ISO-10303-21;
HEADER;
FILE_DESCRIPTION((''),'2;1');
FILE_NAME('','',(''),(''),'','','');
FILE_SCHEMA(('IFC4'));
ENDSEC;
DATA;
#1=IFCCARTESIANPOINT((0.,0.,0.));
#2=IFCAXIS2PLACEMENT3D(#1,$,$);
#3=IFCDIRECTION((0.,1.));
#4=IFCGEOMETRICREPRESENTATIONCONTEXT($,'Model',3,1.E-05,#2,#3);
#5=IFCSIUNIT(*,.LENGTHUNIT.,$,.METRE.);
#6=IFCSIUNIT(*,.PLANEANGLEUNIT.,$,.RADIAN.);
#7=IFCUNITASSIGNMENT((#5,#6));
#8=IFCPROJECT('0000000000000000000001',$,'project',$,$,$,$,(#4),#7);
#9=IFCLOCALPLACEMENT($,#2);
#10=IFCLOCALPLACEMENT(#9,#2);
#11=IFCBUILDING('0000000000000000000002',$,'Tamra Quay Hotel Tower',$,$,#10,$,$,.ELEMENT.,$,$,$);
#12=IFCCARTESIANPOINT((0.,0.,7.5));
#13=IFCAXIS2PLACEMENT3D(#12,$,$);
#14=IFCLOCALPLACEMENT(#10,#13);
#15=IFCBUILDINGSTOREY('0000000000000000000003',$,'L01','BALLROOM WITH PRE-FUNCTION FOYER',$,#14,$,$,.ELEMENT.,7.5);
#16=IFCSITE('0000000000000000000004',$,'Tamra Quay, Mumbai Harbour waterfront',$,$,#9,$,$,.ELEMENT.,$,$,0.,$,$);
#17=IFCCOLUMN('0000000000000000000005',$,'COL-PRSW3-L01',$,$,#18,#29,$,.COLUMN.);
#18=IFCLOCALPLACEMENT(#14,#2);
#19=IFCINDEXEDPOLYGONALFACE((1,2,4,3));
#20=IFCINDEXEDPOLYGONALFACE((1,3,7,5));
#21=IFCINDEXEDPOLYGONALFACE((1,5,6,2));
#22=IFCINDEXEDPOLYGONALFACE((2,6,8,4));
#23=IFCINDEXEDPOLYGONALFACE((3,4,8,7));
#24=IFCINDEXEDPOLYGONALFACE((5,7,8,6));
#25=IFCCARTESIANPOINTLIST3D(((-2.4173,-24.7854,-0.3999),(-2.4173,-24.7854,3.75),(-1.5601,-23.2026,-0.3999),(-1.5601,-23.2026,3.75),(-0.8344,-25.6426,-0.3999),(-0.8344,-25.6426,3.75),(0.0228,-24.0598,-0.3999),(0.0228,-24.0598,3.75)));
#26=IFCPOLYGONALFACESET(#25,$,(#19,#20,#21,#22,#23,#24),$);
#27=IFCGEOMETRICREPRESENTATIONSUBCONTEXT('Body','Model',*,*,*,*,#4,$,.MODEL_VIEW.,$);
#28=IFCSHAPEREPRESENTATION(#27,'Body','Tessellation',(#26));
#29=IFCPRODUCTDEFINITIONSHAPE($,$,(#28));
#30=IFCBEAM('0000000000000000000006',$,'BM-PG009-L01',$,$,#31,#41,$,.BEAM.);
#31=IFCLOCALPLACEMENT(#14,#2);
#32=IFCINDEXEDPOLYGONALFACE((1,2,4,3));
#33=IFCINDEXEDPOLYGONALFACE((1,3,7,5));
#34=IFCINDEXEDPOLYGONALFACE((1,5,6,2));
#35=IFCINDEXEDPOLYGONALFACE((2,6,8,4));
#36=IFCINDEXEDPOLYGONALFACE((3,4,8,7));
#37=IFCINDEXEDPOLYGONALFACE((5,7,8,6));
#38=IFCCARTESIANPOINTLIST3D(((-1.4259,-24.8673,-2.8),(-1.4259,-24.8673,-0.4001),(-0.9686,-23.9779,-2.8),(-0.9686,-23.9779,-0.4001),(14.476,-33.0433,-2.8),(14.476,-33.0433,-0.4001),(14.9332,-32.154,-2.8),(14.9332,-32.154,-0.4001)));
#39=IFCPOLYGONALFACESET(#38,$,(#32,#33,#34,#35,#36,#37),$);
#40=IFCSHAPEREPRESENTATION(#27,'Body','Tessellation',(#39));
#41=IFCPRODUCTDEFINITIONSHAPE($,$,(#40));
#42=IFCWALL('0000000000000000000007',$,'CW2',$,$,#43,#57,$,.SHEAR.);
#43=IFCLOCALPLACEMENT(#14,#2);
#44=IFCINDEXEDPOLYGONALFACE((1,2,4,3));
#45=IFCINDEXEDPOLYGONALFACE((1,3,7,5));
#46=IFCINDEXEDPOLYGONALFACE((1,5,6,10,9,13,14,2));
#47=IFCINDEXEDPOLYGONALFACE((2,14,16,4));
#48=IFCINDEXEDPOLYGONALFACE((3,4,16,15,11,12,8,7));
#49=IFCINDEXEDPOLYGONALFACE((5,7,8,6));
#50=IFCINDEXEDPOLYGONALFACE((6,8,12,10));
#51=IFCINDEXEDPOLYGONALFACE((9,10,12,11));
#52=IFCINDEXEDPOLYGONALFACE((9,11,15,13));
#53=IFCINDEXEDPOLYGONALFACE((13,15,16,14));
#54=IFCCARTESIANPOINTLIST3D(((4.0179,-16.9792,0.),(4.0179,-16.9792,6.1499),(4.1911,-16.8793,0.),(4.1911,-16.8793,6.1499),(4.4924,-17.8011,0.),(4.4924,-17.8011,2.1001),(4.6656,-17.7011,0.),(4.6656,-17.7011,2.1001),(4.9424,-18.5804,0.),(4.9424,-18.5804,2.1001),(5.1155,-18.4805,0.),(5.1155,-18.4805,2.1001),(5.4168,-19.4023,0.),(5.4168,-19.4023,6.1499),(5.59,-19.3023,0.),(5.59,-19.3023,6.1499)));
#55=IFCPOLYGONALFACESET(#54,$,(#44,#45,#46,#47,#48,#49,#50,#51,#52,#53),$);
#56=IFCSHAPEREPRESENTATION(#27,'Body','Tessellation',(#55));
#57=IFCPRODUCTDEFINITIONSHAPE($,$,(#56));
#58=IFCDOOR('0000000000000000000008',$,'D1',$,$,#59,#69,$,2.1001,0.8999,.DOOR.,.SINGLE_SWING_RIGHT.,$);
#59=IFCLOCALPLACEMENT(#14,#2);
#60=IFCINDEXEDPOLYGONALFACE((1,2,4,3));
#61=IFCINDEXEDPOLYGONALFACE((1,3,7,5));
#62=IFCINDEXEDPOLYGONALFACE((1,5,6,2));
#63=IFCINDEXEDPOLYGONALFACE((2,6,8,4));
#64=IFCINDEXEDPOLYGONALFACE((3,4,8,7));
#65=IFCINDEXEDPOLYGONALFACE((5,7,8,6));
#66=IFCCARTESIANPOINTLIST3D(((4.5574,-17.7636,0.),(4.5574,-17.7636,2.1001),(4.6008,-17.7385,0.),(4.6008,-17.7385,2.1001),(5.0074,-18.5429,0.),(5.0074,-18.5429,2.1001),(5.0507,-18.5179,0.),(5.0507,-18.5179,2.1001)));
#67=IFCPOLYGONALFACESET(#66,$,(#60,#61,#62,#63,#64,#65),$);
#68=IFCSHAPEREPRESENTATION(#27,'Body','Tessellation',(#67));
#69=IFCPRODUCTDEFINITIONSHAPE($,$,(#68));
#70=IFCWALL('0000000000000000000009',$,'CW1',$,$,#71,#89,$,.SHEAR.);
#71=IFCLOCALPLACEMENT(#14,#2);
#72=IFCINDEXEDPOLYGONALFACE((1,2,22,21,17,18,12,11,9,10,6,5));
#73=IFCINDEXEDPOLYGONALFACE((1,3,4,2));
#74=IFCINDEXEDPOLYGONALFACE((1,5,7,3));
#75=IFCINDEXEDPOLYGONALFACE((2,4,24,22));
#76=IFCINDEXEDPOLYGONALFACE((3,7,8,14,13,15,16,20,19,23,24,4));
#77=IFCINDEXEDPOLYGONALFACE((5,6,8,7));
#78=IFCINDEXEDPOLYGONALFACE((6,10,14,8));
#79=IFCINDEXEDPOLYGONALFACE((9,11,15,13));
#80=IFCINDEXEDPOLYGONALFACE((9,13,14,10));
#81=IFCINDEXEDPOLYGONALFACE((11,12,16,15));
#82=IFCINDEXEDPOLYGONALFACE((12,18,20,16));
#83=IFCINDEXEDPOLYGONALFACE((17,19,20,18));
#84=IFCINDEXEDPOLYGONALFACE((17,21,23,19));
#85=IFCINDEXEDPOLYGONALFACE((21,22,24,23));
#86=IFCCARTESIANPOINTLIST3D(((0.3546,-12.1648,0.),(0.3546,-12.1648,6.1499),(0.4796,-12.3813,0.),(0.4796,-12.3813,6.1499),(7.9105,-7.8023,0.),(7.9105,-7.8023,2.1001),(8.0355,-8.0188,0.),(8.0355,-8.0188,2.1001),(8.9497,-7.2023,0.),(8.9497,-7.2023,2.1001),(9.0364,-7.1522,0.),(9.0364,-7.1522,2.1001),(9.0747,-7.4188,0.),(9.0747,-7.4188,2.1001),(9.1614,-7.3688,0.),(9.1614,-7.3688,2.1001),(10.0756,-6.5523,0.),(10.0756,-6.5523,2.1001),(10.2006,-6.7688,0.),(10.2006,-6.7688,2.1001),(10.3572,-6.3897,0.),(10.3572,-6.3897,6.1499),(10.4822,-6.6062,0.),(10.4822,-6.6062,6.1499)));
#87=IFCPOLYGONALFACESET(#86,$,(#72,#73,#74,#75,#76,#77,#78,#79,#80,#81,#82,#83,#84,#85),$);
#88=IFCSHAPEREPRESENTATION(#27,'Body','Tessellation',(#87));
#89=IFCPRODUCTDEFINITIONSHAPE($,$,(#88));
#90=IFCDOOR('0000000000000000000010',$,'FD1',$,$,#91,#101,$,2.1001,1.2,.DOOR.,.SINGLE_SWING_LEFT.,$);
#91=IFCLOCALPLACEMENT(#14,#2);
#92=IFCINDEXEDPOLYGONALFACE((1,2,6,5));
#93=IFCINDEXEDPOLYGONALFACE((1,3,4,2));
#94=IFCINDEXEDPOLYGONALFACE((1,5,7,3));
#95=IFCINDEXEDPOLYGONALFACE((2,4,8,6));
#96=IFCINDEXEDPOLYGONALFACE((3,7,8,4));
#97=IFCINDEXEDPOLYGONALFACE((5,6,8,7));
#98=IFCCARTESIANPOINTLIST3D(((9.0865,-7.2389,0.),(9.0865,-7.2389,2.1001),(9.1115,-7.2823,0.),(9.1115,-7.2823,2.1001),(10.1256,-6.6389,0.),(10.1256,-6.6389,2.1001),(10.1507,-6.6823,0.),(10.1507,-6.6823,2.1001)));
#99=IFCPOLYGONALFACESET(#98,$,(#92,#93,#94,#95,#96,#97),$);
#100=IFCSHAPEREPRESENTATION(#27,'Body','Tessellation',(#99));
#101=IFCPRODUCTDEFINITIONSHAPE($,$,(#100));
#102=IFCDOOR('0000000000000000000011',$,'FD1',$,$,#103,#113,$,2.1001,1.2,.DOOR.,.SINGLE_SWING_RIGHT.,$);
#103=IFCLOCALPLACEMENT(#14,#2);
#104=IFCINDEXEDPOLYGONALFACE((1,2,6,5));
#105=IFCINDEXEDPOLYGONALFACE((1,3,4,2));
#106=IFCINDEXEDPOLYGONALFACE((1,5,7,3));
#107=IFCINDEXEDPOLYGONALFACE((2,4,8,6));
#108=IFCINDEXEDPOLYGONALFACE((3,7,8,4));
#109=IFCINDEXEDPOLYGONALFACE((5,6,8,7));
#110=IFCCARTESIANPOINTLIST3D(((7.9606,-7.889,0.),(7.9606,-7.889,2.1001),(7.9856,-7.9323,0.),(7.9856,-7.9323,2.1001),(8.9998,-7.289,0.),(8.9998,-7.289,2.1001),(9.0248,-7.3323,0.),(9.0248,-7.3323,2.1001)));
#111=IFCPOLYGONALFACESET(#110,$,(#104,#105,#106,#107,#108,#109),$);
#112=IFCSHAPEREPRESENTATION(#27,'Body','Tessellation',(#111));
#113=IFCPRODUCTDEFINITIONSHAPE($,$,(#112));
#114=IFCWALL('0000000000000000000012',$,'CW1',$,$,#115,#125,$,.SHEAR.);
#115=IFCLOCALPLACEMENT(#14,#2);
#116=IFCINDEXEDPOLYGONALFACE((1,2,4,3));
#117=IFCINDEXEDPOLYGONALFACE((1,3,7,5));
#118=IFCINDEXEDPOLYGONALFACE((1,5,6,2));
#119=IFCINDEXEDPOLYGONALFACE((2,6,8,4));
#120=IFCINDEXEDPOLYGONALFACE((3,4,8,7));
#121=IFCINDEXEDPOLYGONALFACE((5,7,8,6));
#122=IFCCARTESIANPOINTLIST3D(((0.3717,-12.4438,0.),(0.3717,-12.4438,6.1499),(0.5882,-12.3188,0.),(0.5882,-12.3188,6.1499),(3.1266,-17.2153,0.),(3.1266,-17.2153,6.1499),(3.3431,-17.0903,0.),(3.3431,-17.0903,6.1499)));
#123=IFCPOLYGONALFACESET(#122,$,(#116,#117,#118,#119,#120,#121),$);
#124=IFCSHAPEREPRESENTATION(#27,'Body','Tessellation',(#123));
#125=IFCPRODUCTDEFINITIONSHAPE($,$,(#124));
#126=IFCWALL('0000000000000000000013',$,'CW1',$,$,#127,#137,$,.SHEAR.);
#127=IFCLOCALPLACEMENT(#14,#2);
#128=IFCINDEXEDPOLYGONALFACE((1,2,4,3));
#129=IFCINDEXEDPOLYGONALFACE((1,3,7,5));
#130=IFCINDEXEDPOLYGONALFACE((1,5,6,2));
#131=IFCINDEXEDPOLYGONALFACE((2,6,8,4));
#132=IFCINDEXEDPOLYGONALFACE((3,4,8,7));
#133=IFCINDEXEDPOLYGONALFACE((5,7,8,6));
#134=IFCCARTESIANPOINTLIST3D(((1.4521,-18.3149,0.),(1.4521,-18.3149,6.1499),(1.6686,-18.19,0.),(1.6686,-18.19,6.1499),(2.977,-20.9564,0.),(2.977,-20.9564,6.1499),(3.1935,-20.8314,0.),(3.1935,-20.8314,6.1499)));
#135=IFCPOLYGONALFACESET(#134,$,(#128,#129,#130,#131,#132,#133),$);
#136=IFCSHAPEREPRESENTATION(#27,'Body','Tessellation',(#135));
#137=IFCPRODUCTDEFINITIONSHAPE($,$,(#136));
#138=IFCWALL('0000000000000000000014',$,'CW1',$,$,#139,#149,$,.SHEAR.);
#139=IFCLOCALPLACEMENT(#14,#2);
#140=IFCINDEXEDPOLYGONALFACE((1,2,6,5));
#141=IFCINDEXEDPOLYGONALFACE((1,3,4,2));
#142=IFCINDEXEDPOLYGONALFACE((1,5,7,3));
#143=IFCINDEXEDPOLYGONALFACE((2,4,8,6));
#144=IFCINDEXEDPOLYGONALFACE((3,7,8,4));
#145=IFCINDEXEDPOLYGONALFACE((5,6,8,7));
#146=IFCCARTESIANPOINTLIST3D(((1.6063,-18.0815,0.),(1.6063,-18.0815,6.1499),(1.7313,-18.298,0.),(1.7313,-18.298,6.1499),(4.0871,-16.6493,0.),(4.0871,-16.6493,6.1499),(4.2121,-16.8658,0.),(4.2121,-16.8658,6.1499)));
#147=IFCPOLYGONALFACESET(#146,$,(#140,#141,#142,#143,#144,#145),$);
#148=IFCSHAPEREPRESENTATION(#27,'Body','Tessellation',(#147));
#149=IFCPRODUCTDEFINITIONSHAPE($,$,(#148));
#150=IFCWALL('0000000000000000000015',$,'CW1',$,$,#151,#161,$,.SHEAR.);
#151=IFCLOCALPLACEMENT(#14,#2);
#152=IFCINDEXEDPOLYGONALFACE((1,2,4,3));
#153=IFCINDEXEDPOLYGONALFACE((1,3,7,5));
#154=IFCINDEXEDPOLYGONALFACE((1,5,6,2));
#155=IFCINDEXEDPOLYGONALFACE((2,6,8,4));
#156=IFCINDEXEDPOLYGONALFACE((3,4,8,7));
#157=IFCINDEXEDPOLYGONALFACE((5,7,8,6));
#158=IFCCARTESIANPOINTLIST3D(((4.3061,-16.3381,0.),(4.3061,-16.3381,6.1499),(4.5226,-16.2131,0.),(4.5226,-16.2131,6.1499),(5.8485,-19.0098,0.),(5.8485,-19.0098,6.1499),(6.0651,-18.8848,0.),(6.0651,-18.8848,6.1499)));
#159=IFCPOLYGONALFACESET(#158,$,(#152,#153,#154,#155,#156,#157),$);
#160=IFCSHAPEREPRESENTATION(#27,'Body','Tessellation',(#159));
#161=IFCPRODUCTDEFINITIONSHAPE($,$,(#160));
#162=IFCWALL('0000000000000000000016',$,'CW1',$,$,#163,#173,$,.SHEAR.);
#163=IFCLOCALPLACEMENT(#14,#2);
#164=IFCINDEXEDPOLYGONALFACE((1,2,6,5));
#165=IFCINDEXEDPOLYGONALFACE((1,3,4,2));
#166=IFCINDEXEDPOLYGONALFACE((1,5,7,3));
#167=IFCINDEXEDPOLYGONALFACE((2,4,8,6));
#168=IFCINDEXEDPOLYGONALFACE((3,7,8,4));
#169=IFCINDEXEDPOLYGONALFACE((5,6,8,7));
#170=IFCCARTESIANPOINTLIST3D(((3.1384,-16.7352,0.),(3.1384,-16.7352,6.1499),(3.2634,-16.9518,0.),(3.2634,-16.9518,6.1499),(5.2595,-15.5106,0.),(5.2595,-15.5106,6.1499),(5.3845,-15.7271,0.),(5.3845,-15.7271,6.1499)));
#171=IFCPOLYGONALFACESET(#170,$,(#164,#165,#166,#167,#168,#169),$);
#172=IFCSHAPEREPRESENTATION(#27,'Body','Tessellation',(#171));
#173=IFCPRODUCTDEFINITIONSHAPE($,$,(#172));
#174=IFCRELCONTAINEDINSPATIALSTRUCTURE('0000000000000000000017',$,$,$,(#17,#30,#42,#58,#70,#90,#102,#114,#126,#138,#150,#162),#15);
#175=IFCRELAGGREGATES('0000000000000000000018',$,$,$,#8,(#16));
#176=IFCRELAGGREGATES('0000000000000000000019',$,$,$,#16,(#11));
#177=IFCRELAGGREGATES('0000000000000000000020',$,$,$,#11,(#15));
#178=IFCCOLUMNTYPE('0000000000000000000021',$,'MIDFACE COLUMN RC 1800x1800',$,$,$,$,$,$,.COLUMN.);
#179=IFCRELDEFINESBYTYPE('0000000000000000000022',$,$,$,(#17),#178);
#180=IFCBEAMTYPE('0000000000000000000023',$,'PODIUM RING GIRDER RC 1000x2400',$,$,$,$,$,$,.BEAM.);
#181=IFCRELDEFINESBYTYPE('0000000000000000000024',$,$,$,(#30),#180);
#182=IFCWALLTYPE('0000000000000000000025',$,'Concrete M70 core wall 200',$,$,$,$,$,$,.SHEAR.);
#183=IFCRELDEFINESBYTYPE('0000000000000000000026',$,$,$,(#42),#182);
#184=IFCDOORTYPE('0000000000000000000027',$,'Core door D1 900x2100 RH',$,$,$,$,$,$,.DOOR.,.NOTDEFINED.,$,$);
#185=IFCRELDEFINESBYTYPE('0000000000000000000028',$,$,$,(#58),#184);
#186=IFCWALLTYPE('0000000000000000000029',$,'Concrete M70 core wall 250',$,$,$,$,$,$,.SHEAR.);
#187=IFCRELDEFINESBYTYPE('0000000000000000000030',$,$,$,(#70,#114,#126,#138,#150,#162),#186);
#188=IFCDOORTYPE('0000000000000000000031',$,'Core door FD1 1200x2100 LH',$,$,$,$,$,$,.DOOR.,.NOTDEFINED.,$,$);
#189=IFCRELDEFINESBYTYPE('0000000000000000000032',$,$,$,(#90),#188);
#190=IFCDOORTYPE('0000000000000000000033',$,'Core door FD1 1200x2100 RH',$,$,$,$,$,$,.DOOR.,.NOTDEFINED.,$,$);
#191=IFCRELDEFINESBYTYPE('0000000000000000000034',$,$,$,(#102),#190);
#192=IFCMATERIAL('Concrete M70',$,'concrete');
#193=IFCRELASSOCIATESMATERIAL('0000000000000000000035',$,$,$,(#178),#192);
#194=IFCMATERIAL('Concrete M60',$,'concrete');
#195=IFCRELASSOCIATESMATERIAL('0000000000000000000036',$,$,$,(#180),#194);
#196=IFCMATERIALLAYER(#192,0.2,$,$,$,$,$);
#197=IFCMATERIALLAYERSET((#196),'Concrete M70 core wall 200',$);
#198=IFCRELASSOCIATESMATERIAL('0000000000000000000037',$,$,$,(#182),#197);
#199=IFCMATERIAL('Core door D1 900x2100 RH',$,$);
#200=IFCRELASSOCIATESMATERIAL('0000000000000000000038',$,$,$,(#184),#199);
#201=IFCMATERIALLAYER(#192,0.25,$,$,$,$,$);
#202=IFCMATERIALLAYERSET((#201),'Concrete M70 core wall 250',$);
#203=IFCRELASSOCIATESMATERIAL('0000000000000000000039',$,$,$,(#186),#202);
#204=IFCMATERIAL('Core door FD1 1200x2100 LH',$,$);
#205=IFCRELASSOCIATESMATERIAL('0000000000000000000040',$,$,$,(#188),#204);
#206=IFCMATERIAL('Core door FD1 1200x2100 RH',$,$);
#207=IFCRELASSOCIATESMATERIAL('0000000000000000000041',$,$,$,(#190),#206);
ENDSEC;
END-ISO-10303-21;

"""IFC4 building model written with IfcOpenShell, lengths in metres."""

from ifc_helpers import new_model, si_unit, direction, frame, frame_2d, origin, origin_2d, place, context, subcontext, project, spatial, rectangle, extrude, material, layer, layer_set, material_profile, profile_set, type_object, element, fill, save


model = new_model("IFC4")

# Units and contexts
model_context = context("Model", 3, precision=1e-05, world=origin(), true_north=direction((0.0, 1.0)))
body_context = subcontext(model_context, "Body", "Model", "MODEL_VIEW")
ifc_project = project(units=[si_unit("LENGTHUNIT", "METRE"), si_unit("PLANEANGLEUNIT", "RADIAN")], contexts=[model_context])

# Site, building, storey
site_placement = place(None, origin())
site = spatial("IfcSite", under=ifc_project, at=site_placement, Name="Tamra Quay, Mumbai Harbour waterfront", CompositionType="ELEMENT", RefElevation=0.0)
building_placement = place(site_placement, origin())
building = spatial("IfcBuilding", under=site, at=building_placement, Name="Tamra Quay Hotel Tower", CompositionType="ELEMENT")
storey_placement = place(building_placement, frame((0.0, 0.0, 7.5)))
storey = spatial("IfcBuildingStorey", under=building, at=storey_placement, Name="L01", Description="BALLROOM WITH PRE-FUNCTION FOYER", CompositionType="ELEMENT", Elevation=7.5)

# Column
ifc_material_1 = material(Name="Concrete M70", Category="concrete")
ifc_material_profile_1 = material_profile(ifc_material_1, rectangle(XDim=1.8, YDim=1.8, at=origin_2d()), Name="MIDFACE COLUMN RC 1800x1800")
ifc_profile_set_1 = profile_set([ifc_material_profile_1], Name="Concrete M70")
column_type = type_object("IfcColumnType", Name="MIDFACE COLUMN RC 1800x1800", PredefinedType="COLUMN", material=ifc_profile_set_1)
column_placement = place(storey_placement, frame((-1.1973, -24.4226, -0.3999), z_axis=(0.0, 0.0, 1.0), x_axis=(0.476198, 0.879338, 0.0)))
element("IfcColumn", 1, at=column_placement, inside=storey, type_object=column_type, Name="COL-PRSW3-L01", PredefinedType="COLUMN", context=body_context, shape_type="SweptSolid", body=[
    extrude(rectangle(XDim=1.8, YDim=1.8, at=origin_2d()), origin(), (0.0, 0.0, 1.0), 4.1499),
])

# Beam
ifc_material_2 = material(Name="Concrete M60", Category="concrete")
ifc_material_profile_2 = material_profile(ifc_material_2, rectangle(XDim=1.0, YDim=2.3999, at=origin_2d()), Name="PODIUM RING GIRDER RC 1000x2400")
ifc_profile_set_2 = profile_set([ifc_material_profile_2], Name="Concrete M60")
beam_type = type_object("IfcBeamType", Name="PODIUM RING GIRDER RC 1000x2400", PredefinedType="BEAM", material=ifc_profile_set_2)
beam_placement = place(storey_placement, frame((-1.1973, -24.4226, -1.6001), z_axis=(0.889335, -0.457256, 0.0), x_axis=(0.457256, 0.889335, 0.0)))
element("IfcBeam", 2, at=beam_placement, inside=storey, type_object=beam_type, Name="BM-PG009-L01", PredefinedType="BEAM", context=body_context, shape_type="SweptSolid", body=[
    extrude(rectangle(XDim=1.0, YDim=2.3999, at=origin_2d()), origin(), (0.0, 0.0, 1.0), 17.8806),
])

# Wall, opening, door
ifc_layer_1 = layer(ifc_material_1, 0.2)
ifc_layer_set_1 = layer_set([ifc_layer_1], Name="Concrete M70 core wall 200")
wall_type_1 = type_object("IfcWallType", Name="Concrete M70 core wall 200", PredefinedType="SHEAR", material=ifc_layer_set_1)
wall_1_placement = place(storey_placement, frame((5.5034, -19.3523, 0.0), z_axis=(0.0, 0.0, 1.0), x_axis=(-0.499987, 0.866033, 0.0)))
wall_1 = element("IfcWall", 3, at=wall_1_placement, inside=storey, type_object=wall_type_1, Name="CW2", PredefinedType="SHEAR", context=body_context, shape_type="SweptSolid", body=[
    extrude(rectangle(XDim=2.7979, YDim=0.2, at=frame_2d((1.3989, 0.0))), origin(), (0.0, 0.0, 1.0), 6.1499),
])
opening_1_placement = place(wall_1_placement, frame((0.949, 0.0, 0.0)))
opening_1 = element("IfcOpeningElement", 4, at=opening_1_placement, cuts=wall_1, PredefinedType="OPENING", context=body_context, shape_type="SweptSolid", body=[
    extrude(rectangle(XDim=0.8999, YDim=2.1001, at=frame_2d((0.45, 1.05))), frame((0.0, 0.1099, 0.0), z_axis=(0.0, -1.0, 0.0), x_axis=(1.0, 0.0, 0.0)), (0.0, 0.0, 1.0), 0.22),
])
ifc_material_3 = material(Name="Core door D1 900x2100 RH")
door_type_1 = type_object("IfcDoorType", Name="Core door D1 900x2100 RH", OperationType="NOTDEFINED", PredefinedType="DOOR", material=ifc_material_3)
door_1_placement = place(opening_1_placement, origin())
door_1 = element("IfcDoor", 5, at=door_1_placement, inside=storey, type_object=door_type_1, Name="D1", OperationType="SINGLE_SWING_RIGHT", OverallHeight=2.1001, OverallWidth=0.8999, PredefinedType="DOOR", context=body_context, shape_type="SweptSolid", body=[
    extrude(rectangle(XDim=0.8999, YDim=2.1001, at=frame_2d((0.45, 1.05))), frame((0.0, 0.0249, 0.0), z_axis=(0.0, -1.0, 0.0), x_axis=(1.0, 0.0, 0.0)), (0.0, 0.0, 1.0), 0.05),
])
fill(opening_1, door_1)

# Wall, openings, doors
ifc_layer_2 = layer(ifc_material_1, 0.25)
ifc_layer_set_2 = layer_set([ifc_layer_2], Name="Concrete M70 core wall 250")
wall_type_2 = type_object("IfcWallType", Name="Concrete M70 core wall 250", PredefinedType="SHEAR", material=ifc_layer_set_2)
wall_2_placement = place(storey_placement, frame((0.4172, -12.2729, 0.0), z_axis=(0.0, 0.0, 1.0), x_axis=(0.866022, 0.500006, 0.0)))
wall_2 = element("IfcWall", 6, at=wall_2_placement, inside=storey, type_object=wall_type_2, Name="CW1", PredefinedType="SHEAR", context=body_context, shape_type="SweptSolid", body=[
    extrude(rectangle(XDim=11.55, YDim=0.25, at=frame_2d((5.7749, 0.0))), origin(), (0.0, 0.0, 1.0), 6.1499),
])
opening_2_placement = place(wall_2_placement, frame((10.0247, 0.0, 0.0)))
opening_2 = element("IfcOpeningElement", 7, at=opening_2_placement, cuts=wall_2, PredefinedType="OPENING", context=body_context, shape_type="SweptSolid", body=[
    extrude(rectangle(XDim=1.2, YDim=2.1001, at=frame_2d((0.6001, 1.05))), frame((0.0, 0.135, 0.0), z_axis=(0.0, -1.0, 0.0), x_axis=(1.0, 0.0, 0.0)), (0.0, 0.0, 1.0), 0.27),
])
opening_3_placement = place(wall_2_placement, frame((8.7246, 0.0, 0.0)))
opening_3 = element("IfcOpeningElement", 8, at=opening_3_placement, cuts=wall_2, PredefinedType="OPENING", context=body_context, shape_type="SweptSolid", body=[
    extrude(rectangle(XDim=1.2, YDim=2.1001, at=frame_2d((0.6001, 1.05))), frame((0.0, 0.135, 0.0), z_axis=(0.0, -1.0, 0.0), x_axis=(1.0, 0.0, 0.0)), (0.0, 0.0, 1.0), 0.27),
])
ifc_material_4 = material(Name="Core door FD1 1200x2100 LH")
door_type_2 = type_object("IfcDoorType", Name="Core door FD1 1200x2100 LH", OperationType="NOTDEFINED", PredefinedType="DOOR", material=ifc_material_4)
door_2_placement = place(opening_2_placement, origin())
door_2 = element("IfcDoor", 9, at=door_2_placement, inside=storey, type_object=door_type_2, Name="FD1", OperationType="SINGLE_SWING_LEFT", OverallHeight=2.1001, OverallWidth=1.2, PredefinedType="DOOR", context=body_context, shape_type="SweptSolid", body=[
    extrude(rectangle(XDim=1.2, YDim=2.1001, at=frame_2d((0.6001, 1.05))), frame((0.0, 0.0249, 0.0), z_axis=(0.0, -1.0, 0.0), x_axis=(1.0, 0.0, 0.0)), (0.0, 0.0, 1.0), 0.05),
])
fill(opening_2, door_2)
ifc_material_5 = material(Name="Core door FD1 1200x2100 RH")
door_type_3 = type_object("IfcDoorType", Name="Core door FD1 1200x2100 RH", OperationType="NOTDEFINED", PredefinedType="DOOR", material=ifc_material_5)
door_3_placement = place(opening_3_placement, origin())
door_3 = element("IfcDoor", 10, at=door_3_placement, inside=storey, type_object=door_type_3, Name="FD1", OperationType="SINGLE_SWING_RIGHT", OverallHeight=2.1001, OverallWidth=1.2, PredefinedType="DOOR", context=body_context, shape_type="SweptSolid", body=[
    extrude(rectangle(XDim=1.2, YDim=2.1001, at=frame_2d((0.6001, 1.05))), frame((0.0, 0.0249, 0.0), z_axis=(0.0, -1.0, 0.0), x_axis=(1.0, 0.0, 0.0)), (0.0, 0.0, 1.0), 0.05),
])
fill(opening_3, door_3)

# Walls
wall_3_placement = place(storey_placement, frame((3.2349, -17.1528, 0.0), z_axis=(0.0, 0.0, 1.0), x_axis=(-0.500009, 0.86602, 0.0)))
element("IfcWall", 11, at=wall_3_placement, inside=storey, type_object=wall_type_2, Name="CW1", PredefinedType="SHEAR", context=body_context, shape_type="SweptSolid", body=[
    extrude(rectangle(XDim=5.5098, YDim=0.25, at=frame_2d((2.7549, 0.0))), origin(), (0.0, 0.0, 1.0), 6.1499),
])
wall_4_placement = place(storey_placement, frame((3.0852, -20.8938, 0.0), z_axis=(0.0, 0.0, 1.0), x_axis=(-0.499979, 0.866038, 0.0)))
element("IfcWall", 12, at=wall_4_placement, inside=storey, type_object=wall_type_2, Name="CW1", PredefinedType="SHEAR", context=body_context, shape_type="SweptSolid", body=[
    extrude(rectangle(XDim=3.05, YDim=0.25, at=frame_2d((1.5249, 0.0))), origin(), (0.0, 0.0, 1.0), 6.1499),
])
wall_5_placement = place(storey_placement, frame((1.6689, -18.1897, 0.0), z_axis=(0.0, 0.0, 1.0), x_axis=(0.866042, 0.499971, 0.0)))
element("IfcWall", 13, at=wall_5_placement, inside=storey, type_object=wall_type_2, Name="CW1", PredefinedType="SHEAR", context=body_context, shape_type="SweptSolid", body=[
    extrude(rectangle(XDim=2.8645, YDim=0.25, at=frame_2d((1.4321, 0.0))), origin(), (0.0, 0.0, 1.0), 6.1499),
])
wall_6_placement = place(storey_placement, frame((4.4143, -16.2756, 0.0), z_axis=(0.0, 0.0, 1.0), x_axis=(0.500003, -0.866023, 0.0)))
element("IfcWall", 14, at=wall_6_placement, inside=storey, type_object=wall_type_2, Name="CW1", PredefinedType="SHEAR", context=body_context, shape_type="SweptSolid", body=[
    extrude(rectangle(XDim=3.085, YDim=0.25, at=frame_2d((1.5425, 0.0))), origin(), (0.0, 0.0, 1.0), 6.1499),
])
wall_7_placement = place(storey_placement, frame((5.322, -15.6189, 0.0), z_axis=(0.0, 0.0, 1.0), x_axis=(-0.866026, -0.499999, 0.0)))
element("IfcWall", 15, at=wall_7_placement, inside=storey, type_object=wall_type_2, Name="CW1", PredefinedType="SHEAR", context=body_context, shape_type="SweptSolid", body=[
    extrude(rectangle(XDim=2.4492, YDim=0.25, at=frame_2d((1.2246, 0.0))), origin(), (0.0, 0.0, 1.0), 6.1499),
])

save(model, "model.ifc")
